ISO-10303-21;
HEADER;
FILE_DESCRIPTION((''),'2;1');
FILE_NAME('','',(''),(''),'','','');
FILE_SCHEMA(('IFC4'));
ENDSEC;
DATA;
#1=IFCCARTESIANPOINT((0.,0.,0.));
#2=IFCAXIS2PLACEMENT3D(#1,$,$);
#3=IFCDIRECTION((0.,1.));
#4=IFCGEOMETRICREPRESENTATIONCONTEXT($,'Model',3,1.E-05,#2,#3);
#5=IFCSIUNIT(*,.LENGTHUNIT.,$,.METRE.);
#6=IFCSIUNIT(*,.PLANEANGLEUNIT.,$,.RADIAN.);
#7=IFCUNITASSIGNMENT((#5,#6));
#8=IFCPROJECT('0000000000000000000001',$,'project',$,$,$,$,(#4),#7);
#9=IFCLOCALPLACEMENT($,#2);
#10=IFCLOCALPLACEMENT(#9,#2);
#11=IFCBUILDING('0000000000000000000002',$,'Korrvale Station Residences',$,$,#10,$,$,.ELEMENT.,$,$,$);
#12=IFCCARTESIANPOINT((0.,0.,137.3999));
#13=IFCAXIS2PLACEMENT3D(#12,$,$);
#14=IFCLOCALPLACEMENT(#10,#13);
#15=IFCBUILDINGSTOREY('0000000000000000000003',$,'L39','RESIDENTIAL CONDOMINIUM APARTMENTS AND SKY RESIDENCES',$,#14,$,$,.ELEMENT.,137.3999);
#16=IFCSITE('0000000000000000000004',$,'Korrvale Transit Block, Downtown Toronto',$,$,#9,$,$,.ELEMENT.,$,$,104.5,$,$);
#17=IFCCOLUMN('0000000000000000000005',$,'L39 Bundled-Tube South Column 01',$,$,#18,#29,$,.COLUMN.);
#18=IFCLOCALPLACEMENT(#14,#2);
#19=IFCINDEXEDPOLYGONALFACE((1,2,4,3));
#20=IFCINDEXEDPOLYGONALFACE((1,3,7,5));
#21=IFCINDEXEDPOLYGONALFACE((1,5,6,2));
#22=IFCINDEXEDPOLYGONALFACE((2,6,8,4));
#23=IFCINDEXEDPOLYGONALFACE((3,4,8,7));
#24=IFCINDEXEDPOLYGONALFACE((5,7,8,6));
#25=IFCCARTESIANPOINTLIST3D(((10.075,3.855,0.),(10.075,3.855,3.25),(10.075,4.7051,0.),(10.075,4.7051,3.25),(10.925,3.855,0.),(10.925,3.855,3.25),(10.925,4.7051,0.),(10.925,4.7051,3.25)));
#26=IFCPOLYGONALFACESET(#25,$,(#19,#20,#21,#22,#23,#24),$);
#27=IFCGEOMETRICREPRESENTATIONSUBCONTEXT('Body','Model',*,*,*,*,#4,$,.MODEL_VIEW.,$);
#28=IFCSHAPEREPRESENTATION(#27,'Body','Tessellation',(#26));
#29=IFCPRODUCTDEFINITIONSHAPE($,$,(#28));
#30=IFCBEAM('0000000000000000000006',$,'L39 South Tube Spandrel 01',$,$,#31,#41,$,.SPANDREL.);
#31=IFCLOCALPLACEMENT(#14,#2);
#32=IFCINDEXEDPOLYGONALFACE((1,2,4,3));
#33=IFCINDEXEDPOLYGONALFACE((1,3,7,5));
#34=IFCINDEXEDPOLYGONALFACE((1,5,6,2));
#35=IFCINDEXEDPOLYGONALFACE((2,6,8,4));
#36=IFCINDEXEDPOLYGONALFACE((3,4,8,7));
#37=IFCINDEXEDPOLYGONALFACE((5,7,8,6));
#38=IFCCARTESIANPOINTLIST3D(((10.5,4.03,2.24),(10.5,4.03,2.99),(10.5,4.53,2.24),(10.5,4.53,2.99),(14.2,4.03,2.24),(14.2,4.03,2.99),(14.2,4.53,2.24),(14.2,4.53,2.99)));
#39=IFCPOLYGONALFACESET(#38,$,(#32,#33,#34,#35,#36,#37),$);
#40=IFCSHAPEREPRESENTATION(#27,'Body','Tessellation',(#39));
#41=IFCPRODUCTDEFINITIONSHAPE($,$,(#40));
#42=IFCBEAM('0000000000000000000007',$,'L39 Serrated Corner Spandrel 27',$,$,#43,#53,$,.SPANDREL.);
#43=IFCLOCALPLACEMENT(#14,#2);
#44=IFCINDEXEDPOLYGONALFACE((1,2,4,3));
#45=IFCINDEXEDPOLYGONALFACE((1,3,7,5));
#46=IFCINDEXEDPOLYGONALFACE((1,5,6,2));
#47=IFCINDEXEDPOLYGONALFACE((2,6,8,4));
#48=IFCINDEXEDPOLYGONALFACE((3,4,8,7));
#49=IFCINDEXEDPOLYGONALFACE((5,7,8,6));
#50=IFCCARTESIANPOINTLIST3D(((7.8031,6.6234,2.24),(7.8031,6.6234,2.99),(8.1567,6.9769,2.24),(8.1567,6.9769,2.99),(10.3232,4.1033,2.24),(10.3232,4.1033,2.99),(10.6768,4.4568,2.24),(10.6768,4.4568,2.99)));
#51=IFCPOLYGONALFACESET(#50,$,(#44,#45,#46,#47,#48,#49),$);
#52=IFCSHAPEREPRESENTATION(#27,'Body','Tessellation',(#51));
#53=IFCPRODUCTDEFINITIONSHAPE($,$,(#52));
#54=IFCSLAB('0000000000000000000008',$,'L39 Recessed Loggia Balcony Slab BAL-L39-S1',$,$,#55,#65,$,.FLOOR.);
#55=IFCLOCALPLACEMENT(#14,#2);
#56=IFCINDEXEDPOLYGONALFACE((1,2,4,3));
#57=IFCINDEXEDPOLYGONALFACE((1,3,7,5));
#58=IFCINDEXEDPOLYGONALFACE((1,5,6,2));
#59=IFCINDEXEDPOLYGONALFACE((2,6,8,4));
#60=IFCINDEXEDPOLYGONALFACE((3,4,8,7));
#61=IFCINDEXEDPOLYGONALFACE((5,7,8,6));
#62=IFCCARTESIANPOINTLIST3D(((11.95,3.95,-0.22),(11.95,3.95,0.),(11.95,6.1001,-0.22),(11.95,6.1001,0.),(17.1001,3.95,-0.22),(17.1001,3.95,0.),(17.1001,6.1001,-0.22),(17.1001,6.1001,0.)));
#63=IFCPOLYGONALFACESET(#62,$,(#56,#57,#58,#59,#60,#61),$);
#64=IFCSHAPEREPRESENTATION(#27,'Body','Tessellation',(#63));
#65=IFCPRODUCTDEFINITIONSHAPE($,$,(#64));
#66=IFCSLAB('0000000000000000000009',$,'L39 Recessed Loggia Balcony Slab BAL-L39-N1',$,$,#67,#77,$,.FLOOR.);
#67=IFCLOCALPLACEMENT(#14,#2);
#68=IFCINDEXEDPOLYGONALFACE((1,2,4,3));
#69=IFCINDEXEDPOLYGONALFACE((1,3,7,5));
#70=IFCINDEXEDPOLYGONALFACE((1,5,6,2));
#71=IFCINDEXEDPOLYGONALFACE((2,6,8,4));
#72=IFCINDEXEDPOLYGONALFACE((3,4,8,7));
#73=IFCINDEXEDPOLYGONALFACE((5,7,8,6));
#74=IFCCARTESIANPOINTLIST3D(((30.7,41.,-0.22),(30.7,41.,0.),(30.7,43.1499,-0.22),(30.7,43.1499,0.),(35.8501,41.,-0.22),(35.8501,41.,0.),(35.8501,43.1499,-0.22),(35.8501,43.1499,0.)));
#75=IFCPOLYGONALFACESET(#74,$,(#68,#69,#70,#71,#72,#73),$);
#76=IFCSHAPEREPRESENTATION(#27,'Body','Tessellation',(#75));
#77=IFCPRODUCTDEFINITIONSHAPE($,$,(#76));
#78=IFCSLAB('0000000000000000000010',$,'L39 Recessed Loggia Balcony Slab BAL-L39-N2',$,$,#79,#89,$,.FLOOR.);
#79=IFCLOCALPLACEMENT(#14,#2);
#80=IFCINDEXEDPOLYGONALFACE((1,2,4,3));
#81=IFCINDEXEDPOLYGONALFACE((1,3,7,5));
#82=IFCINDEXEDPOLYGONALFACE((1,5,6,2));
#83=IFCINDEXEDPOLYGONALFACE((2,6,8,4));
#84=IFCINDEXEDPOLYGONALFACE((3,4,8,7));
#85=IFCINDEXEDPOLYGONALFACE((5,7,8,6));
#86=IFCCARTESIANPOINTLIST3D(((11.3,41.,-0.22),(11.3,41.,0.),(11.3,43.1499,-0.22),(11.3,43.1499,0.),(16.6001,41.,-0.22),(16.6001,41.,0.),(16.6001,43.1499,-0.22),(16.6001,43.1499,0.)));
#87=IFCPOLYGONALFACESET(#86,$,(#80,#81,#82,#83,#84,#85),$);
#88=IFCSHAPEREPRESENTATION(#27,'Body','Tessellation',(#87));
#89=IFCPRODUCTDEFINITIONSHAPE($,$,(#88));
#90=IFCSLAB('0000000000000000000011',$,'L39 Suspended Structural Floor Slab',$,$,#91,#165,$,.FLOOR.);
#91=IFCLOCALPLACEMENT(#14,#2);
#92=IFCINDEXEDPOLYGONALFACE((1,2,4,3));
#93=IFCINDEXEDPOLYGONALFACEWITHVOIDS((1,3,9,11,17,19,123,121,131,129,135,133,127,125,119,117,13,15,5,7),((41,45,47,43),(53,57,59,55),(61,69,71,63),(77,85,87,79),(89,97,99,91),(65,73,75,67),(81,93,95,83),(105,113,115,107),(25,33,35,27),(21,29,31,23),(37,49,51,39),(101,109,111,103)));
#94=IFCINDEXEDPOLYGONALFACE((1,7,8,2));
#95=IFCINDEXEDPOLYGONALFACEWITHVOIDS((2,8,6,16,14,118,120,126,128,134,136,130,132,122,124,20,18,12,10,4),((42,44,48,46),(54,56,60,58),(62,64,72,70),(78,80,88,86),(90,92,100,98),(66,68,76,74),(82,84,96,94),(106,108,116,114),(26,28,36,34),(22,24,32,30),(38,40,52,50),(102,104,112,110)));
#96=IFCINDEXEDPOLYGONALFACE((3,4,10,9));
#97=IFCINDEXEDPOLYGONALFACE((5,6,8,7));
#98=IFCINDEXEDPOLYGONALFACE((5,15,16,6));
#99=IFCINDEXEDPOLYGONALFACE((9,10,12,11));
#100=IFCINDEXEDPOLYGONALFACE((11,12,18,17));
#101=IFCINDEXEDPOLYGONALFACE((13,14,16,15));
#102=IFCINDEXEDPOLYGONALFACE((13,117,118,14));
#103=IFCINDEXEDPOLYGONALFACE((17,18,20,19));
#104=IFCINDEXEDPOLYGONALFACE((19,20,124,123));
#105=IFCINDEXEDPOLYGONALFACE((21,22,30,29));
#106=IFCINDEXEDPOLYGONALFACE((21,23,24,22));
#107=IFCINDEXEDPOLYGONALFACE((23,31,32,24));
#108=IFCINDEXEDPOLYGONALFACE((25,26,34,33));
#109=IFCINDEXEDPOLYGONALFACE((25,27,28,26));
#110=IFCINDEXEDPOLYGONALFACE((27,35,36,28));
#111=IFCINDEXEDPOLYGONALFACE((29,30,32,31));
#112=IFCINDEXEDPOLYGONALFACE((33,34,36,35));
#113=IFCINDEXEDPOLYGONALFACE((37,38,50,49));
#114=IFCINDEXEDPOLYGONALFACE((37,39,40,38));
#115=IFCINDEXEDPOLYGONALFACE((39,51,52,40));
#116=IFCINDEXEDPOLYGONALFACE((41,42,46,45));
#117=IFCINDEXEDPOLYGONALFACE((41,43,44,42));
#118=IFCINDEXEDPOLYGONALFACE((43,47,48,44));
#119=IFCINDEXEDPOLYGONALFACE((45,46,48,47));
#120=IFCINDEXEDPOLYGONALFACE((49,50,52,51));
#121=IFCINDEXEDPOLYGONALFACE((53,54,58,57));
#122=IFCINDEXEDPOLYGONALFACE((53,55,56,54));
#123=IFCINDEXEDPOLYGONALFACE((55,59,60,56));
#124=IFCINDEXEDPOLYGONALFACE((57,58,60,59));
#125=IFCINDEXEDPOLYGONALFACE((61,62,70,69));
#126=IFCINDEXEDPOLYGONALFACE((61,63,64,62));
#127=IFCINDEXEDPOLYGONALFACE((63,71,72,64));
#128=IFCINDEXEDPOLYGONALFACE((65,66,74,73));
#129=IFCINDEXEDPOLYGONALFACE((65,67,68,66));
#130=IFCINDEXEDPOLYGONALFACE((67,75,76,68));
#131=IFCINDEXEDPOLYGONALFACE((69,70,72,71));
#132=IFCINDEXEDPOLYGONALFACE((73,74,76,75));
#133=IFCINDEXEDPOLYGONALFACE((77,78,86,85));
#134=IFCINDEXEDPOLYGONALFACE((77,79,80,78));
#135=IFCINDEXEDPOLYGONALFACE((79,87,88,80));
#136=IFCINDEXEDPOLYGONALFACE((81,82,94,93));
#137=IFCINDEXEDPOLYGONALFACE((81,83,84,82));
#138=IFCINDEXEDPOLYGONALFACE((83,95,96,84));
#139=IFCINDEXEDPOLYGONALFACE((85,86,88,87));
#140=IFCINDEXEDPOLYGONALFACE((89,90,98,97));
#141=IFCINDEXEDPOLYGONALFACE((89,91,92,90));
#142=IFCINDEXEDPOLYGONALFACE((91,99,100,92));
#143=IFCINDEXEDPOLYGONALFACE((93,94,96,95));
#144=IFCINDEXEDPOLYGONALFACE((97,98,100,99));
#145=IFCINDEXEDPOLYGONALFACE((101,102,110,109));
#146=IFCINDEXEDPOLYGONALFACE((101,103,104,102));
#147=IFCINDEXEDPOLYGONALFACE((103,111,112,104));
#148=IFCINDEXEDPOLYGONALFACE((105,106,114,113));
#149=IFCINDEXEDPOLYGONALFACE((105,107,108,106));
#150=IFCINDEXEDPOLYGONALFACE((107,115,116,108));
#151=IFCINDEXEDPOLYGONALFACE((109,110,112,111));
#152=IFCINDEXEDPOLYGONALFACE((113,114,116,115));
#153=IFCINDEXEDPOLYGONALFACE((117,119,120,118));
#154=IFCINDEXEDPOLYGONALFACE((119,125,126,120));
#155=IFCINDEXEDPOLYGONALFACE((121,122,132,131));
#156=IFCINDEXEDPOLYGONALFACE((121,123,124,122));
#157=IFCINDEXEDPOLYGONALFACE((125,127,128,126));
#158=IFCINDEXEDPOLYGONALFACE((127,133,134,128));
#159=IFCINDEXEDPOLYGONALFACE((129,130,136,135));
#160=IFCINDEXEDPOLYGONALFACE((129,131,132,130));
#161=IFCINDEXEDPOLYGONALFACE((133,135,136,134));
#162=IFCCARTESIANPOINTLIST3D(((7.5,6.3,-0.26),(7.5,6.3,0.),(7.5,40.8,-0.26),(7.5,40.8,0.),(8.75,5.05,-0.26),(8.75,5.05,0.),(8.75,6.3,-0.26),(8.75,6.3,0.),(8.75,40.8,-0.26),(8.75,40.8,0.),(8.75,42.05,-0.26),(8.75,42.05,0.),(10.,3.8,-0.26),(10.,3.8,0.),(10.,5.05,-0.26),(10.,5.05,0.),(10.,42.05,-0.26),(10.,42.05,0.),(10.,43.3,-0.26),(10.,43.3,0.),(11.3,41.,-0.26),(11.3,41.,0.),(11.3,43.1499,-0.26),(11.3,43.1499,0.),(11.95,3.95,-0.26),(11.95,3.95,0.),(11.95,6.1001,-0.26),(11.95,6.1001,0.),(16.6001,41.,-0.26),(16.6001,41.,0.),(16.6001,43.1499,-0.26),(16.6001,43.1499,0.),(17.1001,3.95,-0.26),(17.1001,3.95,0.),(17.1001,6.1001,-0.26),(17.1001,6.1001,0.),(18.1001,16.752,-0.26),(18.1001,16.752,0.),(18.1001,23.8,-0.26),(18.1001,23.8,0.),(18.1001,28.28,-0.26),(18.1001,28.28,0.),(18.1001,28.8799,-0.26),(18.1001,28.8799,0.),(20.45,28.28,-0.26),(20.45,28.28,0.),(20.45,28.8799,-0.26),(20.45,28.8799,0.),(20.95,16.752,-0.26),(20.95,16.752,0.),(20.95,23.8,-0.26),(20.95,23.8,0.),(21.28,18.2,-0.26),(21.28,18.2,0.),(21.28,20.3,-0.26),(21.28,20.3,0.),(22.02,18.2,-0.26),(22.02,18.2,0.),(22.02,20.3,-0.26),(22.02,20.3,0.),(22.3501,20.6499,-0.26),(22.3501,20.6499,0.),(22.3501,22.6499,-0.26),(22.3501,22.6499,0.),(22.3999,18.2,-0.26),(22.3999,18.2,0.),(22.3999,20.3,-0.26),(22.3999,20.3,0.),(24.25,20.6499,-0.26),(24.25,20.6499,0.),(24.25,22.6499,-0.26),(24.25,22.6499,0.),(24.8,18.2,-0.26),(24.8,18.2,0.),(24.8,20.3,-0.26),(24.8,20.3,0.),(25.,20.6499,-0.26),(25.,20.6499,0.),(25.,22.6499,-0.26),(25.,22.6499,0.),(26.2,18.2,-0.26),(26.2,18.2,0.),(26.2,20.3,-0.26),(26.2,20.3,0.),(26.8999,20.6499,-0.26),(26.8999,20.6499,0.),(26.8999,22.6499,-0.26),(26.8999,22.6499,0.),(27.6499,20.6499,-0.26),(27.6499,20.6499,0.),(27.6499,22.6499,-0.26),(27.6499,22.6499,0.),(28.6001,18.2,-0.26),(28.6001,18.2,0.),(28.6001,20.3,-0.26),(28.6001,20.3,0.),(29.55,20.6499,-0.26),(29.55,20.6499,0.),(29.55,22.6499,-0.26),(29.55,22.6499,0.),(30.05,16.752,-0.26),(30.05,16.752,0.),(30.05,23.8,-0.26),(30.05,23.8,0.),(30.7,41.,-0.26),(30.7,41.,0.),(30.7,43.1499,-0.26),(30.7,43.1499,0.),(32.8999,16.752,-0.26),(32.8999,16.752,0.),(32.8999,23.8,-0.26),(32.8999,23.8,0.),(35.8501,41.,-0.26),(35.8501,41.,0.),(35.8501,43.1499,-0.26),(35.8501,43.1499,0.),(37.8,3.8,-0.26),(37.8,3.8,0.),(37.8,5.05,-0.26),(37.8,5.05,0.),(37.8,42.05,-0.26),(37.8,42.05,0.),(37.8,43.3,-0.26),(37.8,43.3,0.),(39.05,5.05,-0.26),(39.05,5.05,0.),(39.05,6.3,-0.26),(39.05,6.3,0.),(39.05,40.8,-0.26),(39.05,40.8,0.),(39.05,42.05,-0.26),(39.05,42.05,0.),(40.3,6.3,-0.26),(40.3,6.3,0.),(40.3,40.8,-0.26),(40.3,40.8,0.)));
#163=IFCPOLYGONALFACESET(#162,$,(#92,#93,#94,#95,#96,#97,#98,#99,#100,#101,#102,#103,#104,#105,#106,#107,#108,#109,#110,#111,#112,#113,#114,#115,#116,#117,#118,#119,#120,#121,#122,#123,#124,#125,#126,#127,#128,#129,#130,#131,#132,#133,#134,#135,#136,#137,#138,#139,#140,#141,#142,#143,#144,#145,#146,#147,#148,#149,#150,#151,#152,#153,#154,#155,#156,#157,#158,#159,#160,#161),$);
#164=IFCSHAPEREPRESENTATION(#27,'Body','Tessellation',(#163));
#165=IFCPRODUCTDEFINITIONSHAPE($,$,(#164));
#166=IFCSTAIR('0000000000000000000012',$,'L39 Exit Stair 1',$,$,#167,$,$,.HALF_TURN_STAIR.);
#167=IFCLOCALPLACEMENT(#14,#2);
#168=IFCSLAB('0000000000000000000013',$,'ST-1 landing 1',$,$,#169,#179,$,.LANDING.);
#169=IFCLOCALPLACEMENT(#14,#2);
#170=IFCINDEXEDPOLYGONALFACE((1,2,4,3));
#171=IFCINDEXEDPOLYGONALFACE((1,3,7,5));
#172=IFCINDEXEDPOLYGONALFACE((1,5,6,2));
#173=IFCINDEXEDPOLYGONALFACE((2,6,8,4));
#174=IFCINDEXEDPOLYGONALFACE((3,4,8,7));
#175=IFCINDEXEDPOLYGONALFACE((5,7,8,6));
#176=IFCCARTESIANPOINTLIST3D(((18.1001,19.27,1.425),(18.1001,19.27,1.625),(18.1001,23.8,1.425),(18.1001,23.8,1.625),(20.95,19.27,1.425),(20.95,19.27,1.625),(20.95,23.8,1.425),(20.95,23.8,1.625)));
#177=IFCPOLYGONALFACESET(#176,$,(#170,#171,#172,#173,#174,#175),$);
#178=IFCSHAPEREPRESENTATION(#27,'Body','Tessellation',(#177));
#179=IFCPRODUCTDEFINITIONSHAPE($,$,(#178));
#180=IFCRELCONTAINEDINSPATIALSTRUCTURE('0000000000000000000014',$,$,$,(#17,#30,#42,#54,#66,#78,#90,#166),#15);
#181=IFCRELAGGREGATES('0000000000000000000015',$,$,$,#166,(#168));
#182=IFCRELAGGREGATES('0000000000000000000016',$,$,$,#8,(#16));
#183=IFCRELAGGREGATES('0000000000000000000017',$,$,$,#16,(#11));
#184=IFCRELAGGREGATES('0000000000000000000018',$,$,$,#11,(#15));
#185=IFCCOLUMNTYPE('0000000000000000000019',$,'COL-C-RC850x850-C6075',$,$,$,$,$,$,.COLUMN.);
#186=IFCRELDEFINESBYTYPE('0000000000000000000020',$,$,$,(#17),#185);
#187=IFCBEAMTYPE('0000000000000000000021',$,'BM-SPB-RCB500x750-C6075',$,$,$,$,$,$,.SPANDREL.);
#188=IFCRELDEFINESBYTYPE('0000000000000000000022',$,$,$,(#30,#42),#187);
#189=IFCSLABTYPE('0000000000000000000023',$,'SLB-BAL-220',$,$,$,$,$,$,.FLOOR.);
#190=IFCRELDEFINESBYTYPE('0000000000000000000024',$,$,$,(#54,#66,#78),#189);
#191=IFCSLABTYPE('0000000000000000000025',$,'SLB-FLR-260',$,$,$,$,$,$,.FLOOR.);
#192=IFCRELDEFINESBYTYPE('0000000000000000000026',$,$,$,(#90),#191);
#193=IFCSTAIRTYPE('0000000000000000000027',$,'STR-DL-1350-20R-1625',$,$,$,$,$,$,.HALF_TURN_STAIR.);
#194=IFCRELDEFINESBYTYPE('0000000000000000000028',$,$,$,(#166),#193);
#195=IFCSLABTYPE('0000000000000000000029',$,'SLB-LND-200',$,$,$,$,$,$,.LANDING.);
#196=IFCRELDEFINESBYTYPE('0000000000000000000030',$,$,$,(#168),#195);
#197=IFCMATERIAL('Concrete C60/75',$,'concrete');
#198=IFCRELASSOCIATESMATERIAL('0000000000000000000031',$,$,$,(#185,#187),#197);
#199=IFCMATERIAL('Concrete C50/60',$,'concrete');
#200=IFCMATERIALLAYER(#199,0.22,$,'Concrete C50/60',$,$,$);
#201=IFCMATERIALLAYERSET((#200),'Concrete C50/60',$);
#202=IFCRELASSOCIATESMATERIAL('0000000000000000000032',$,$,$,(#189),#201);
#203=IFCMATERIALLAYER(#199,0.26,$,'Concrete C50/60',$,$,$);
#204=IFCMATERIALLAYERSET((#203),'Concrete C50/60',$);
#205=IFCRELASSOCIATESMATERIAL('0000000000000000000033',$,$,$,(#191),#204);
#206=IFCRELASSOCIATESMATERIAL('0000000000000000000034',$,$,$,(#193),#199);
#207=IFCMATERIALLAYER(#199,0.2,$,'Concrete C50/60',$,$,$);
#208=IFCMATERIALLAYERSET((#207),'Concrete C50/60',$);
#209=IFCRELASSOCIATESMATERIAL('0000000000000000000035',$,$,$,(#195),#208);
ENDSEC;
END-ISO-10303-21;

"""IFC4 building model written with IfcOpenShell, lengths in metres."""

from ifc_helpers import new_model, si_unit, direction, frame, origin, origin_2d, place, context, subcontext, project, spatial, polyline, rectangle, outline, extrude, material, layer, layer_set, material_profile, profile_set, type_object, element, aggregate, save


model = new_model("IFC4")

# Units and contexts
model_context = context("Model", 3, precision=1e-05, world=origin(), true_north=direction((0.0, 1.0)))
body_context = subcontext(model_context, "Body", "Model", "MODEL_VIEW")
ifc_project = project(units=[si_unit("LENGTHUNIT", "METRE"), si_unit("PLANEANGLEUNIT", "RADIAN")], contexts=[model_context])

# Site, building, storey
site_placement = place(None, origin())
site = spatial("IfcSite", under=ifc_project, at=site_placement, Name="Korrvale Transit Block, Downtown Toronto", CompositionType="ELEMENT", RefElevation=104.5)
building_placement = place(site_placement, origin())
building = spatial("IfcBuilding", under=site, at=building_placement, Name="Korrvale Station Residences", CompositionType="ELEMENT")
storey_placement = place(building_placement, frame((0.0, 0.0, 137.3999)))
storey = spatial("IfcBuildingStorey", under=building, at=storey_placement, Name="L39", Description="RESIDENTIAL CONDOMINIUM APARTMENTS AND SKY RESIDENCES", CompositionType="ELEMENT", Elevation=137.3999)

# Column
ifc_material_1 = material(Name="Concrete C60/75", Category="concrete")
ifc_material_profile_1 = material_profile(ifc_material_1, rectangle(XDim=0.8501, YDim=0.8501, at=origin_2d()), Name="RC850x850")
ifc_profile_set_1 = profile_set([ifc_material_profile_1], Name="Concrete C60/75")
column_type = type_object("IfcColumnType", Name="COL-C-RC850x850-C6075", PredefinedType="COLUMN", material=ifc_profile_set_1)
column_placement = place(storey_placement, frame((10.5, 4.28, 0.0), z_axis=(0.0, 0.0, 1.0), x_axis=(1.0, 0.0, 0.0)))
element("IfcColumn", 1, at=column_placement, inside=storey, type_object=column_type, Name="L39 Bundled-Tube South Column 01", PredefinedType="COLUMN", context=body_context, shape_type="SweptSolid", body=[
    extrude(rectangle(XDim=0.8501, YDim=0.8501, at=origin_2d()), origin(), (0.0, 0.0, 1.0), 3.25),
])

# Beams
ifc_material_profile_2 = material_profile(ifc_material_1, rectangle(XDim=0.5, YDim=0.75, at=origin_2d()), Name="RCB500x750")
ifc_profile_set_2 = profile_set([ifc_material_profile_2], Name="Concrete C60/75")
beam_type = type_object("IfcBeamType", Name="BM-SPB-RCB500x750-C6075", PredefinedType="SPANDREL", material=ifc_profile_set_2)
beam_1_placement = place(storey_placement, frame((10.5, 4.28, 2.615), z_axis=(1.0, 0.0, 0.0), x_axis=(0.0, 1.0, 0.0)))
element("IfcBeam", 2, at=beam_1_placement, inside=storey, type_object=beam_type, Name="L39 South Tube Spandrel 01", PredefinedType="SPANDREL", context=body_context, shape_type="SweptSolid", body=[
    extrude(rectangle(XDim=0.5, YDim=0.75, at=origin_2d()), origin(), (0.0, 0.0, 1.0), 3.7),
])
beam_2_placement = place(storey_placement, frame((10.5, 4.28, 2.615), z_axis=(-0.707107, 0.707107, 0.0), x_axis=(-0.707107, -0.707107, 0.0)))
element("IfcBeam", 3, at=beam_2_placement, inside=storey, type_object=beam_type, Name="L39 Serrated Corner Spandrel 27", PredefinedType="SPANDREL", context=body_context, shape_type="SweptSolid", body=[
    extrude(rectangle(XDim=0.5, YDim=0.75, at=origin_2d()), origin(), (0.0, 0.0, 1.0), 3.564),
])

# Slabs
ifc_material_2 = material(Name="Concrete C50/60", Category="concrete")
ifc_layer_1 = layer(ifc_material_2, 0.22, Name="Concrete C50/60")
ifc_layer_set_1 = layer_set([ifc_layer_1], Name="Concrete C50/60")
slab_type_1 = type_object("IfcSlabType", Name="SLB-BAL-220", PredefinedType="FLOOR", material=ifc_layer_set_1)
slab_1_placement = place(storey_placement, frame((0.0, 0.0, -0.22)))
element("IfcSlab", 4, at=slab_1_placement, inside=storey, type_object=slab_type_1, Name="L39 Recessed Loggia Balcony Slab BAL-L39-S1", PredefinedType="FLOOR", context=body_context, shape_type="SweptSolid", body=[
    extrude(outline(polyline([(11.95, 3.95), (17.1001, 3.95), (17.1001, 6.1001), (11.95, 6.1001), (11.95, 3.95)])), origin(), (0.0, 0.0, 1.0), 0.22),
])
slab_2_placement = place(storey_placement, frame((0.0, 0.0, -0.22)))
element("IfcSlab", 5, at=slab_2_placement, inside=storey, type_object=slab_type_1, Name="L39 Recessed Loggia Balcony Slab BAL-L39-N1", PredefinedType="FLOOR", context=body_context, shape_type="SweptSolid", body=[
    extrude(outline(polyline([(30.7, 41.0), (35.8501, 41.0), (35.8501, 43.1499), (30.7, 43.1499), (30.7, 41.0)])), origin(), (0.0, 0.0, 1.0), 0.22),
])
slab_3_placement = place(storey_placement, frame((0.0, 0.0, -0.22)))
element("IfcSlab", 6, at=slab_3_placement, inside=storey, type_object=slab_type_1, Name="L39 Recessed Loggia Balcony Slab BAL-L39-N2", PredefinedType="FLOOR", context=body_context, shape_type="SweptSolid", body=[
    extrude(outline(polyline([(11.3, 41.0), (16.6001, 41.0), (16.6001, 43.1499), (11.3, 43.1499), (11.3, 41.0)])), origin(), (0.0, 0.0, 1.0), 0.22),
])
ifc_layer_2 = layer(ifc_material_2, 0.26, Name="Concrete C50/60")
ifc_layer_set_2 = layer_set([ifc_layer_2], Name="Concrete C50/60")
slab_type_2 = type_object("IfcSlabType", Name="SLB-FLR-260", PredefinedType="FLOOR", material=ifc_layer_set_2)
slab_4_placement = place(storey_placement, frame((0.0, 0.0, -0.26)))
element("IfcSlab", 7, at=slab_4_placement, inside=storey, type_object=slab_type_2, Name="L39 Suspended Structural Floor Slab", PredefinedType="FLOOR", context=body_context, shape_type="SweptSolid", body=[
    extrude(outline(polyline([(10.0, 3.8), (37.8, 3.8), (37.8, 5.05), (39.05, 5.05), (39.05, 6.3), (40.3, 6.3), (40.3, 40.8), (39.05, 40.8), (39.05, 42.05), (37.8, 42.05), (37.8, 43.3), (10.0, 43.3), (10.0, 42.05), (8.75, 42.05), (8.75, 40.8), (7.5, 40.8), (7.5, 6.3), (8.75, 6.3), (8.75, 5.05), (10.0, 5.05), (10.0, 3.8)]), holes=[polyline([(20.95, 16.752), (20.95, 23.8), (18.1001, 23.8), (18.1001, 16.752), (20.95, 16.752)]), polyline([(32.8999, 16.752), (32.8999, 23.8), (30.05, 23.8), (30.05, 16.752), (32.8999, 16.752)]), polyline([(22.3501, 20.6499), (24.25, 20.6499), (24.25, 22.6499), (22.3501, 22.6499), (22.3501, 20.6499)]), polyline([(25.0, 20.6499), (26.8999, 20.6499), (26.8999, 22.6499), (25.0, 22.6499), (25.0, 20.6499)]), polyline([(27.6499, 20.6499), (29.55, 20.6499), (29.55, 22.6499), (27.6499, 22.6499), (27.6499, 20.6499)]), polyline([(22.3999, 18.2), (24.8, 18.2), (24.8, 20.3), (22.3999, 20.3), (22.3999, 18.2)]), polyline([(26.2, 18.2), (28.6001, 18.2), (28.6001, 20.3), (26.2, 20.3), (26.2, 18.2)]), polyline([(18.1001, 28.28), (20.45, 28.28), (20.45, 28.8799), (18.1001, 28.8799), (18.1001, 28.28)]), polyline([(21.28, 18.2), (22.02, 18.2), (22.02, 20.3), (21.28, 20.3), (21.28, 18.2)]), polyline([(11.95, 3.95), (17.1001, 3.95), (17.1001, 6.1001), (11.95, 6.1001), (11.95, 3.95)]), polyline([(30.7, 41.0), (35.8501, 41.0), (35.8501, 43.1499), (30.7, 43.1499), (30.7, 41.0)]), polyline([(11.3, 41.0), (16.6001, 41.0), (16.6001, 43.1499), (11.3, 43.1499), (11.3, 41.0)])]), origin(), (0.0, 0.0, 1.0), 0.26),
])

# Stair, slab
stair_type = type_object("IfcStairType", Name="STR-DL-1350-20R-1625", PredefinedType="HALF_TURN_STAIR", material=ifc_material_2)
stair_1_placement = place(storey_placement, origin())
stair_1 = element("IfcStair", 8, at=stair_1_placement, inside=storey, type_object=stair_type, Name="L39 Exit Stair 1", PredefinedType="HALF_TURN_STAIR")
ifc_layer_3 = layer(ifc_material_2, 0.2, Name="Concrete C50/60")
ifc_layer_set_3 = layer_set([ifc_layer_3], Name="Concrete C50/60")
slab_type_3 = type_object("IfcSlabType", Name="SLB-LND-200", PredefinedType="LANDING", material=ifc_layer_set_3)
slab_5_placement = place(storey_placement, frame((0.0, 0.0, 1.425)))
slab_5 = element("IfcSlab", 9, at=slab_5_placement, type_object=slab_type_3, Name="ST-1 landing 1", PredefinedType="LANDING", context=body_context, shape_type="SweptSolid", body=[
    extrude(outline(polyline([(20.95, 19.27), (20.95, 23.8), (18.1001, 23.8), (18.1001, 19.27), (20.95, 19.27)])), origin(), (0.0, 0.0, 1.0), 0.2),
])
aggregate(stair_1, [slab_5])

save(model, "model.ifc")
